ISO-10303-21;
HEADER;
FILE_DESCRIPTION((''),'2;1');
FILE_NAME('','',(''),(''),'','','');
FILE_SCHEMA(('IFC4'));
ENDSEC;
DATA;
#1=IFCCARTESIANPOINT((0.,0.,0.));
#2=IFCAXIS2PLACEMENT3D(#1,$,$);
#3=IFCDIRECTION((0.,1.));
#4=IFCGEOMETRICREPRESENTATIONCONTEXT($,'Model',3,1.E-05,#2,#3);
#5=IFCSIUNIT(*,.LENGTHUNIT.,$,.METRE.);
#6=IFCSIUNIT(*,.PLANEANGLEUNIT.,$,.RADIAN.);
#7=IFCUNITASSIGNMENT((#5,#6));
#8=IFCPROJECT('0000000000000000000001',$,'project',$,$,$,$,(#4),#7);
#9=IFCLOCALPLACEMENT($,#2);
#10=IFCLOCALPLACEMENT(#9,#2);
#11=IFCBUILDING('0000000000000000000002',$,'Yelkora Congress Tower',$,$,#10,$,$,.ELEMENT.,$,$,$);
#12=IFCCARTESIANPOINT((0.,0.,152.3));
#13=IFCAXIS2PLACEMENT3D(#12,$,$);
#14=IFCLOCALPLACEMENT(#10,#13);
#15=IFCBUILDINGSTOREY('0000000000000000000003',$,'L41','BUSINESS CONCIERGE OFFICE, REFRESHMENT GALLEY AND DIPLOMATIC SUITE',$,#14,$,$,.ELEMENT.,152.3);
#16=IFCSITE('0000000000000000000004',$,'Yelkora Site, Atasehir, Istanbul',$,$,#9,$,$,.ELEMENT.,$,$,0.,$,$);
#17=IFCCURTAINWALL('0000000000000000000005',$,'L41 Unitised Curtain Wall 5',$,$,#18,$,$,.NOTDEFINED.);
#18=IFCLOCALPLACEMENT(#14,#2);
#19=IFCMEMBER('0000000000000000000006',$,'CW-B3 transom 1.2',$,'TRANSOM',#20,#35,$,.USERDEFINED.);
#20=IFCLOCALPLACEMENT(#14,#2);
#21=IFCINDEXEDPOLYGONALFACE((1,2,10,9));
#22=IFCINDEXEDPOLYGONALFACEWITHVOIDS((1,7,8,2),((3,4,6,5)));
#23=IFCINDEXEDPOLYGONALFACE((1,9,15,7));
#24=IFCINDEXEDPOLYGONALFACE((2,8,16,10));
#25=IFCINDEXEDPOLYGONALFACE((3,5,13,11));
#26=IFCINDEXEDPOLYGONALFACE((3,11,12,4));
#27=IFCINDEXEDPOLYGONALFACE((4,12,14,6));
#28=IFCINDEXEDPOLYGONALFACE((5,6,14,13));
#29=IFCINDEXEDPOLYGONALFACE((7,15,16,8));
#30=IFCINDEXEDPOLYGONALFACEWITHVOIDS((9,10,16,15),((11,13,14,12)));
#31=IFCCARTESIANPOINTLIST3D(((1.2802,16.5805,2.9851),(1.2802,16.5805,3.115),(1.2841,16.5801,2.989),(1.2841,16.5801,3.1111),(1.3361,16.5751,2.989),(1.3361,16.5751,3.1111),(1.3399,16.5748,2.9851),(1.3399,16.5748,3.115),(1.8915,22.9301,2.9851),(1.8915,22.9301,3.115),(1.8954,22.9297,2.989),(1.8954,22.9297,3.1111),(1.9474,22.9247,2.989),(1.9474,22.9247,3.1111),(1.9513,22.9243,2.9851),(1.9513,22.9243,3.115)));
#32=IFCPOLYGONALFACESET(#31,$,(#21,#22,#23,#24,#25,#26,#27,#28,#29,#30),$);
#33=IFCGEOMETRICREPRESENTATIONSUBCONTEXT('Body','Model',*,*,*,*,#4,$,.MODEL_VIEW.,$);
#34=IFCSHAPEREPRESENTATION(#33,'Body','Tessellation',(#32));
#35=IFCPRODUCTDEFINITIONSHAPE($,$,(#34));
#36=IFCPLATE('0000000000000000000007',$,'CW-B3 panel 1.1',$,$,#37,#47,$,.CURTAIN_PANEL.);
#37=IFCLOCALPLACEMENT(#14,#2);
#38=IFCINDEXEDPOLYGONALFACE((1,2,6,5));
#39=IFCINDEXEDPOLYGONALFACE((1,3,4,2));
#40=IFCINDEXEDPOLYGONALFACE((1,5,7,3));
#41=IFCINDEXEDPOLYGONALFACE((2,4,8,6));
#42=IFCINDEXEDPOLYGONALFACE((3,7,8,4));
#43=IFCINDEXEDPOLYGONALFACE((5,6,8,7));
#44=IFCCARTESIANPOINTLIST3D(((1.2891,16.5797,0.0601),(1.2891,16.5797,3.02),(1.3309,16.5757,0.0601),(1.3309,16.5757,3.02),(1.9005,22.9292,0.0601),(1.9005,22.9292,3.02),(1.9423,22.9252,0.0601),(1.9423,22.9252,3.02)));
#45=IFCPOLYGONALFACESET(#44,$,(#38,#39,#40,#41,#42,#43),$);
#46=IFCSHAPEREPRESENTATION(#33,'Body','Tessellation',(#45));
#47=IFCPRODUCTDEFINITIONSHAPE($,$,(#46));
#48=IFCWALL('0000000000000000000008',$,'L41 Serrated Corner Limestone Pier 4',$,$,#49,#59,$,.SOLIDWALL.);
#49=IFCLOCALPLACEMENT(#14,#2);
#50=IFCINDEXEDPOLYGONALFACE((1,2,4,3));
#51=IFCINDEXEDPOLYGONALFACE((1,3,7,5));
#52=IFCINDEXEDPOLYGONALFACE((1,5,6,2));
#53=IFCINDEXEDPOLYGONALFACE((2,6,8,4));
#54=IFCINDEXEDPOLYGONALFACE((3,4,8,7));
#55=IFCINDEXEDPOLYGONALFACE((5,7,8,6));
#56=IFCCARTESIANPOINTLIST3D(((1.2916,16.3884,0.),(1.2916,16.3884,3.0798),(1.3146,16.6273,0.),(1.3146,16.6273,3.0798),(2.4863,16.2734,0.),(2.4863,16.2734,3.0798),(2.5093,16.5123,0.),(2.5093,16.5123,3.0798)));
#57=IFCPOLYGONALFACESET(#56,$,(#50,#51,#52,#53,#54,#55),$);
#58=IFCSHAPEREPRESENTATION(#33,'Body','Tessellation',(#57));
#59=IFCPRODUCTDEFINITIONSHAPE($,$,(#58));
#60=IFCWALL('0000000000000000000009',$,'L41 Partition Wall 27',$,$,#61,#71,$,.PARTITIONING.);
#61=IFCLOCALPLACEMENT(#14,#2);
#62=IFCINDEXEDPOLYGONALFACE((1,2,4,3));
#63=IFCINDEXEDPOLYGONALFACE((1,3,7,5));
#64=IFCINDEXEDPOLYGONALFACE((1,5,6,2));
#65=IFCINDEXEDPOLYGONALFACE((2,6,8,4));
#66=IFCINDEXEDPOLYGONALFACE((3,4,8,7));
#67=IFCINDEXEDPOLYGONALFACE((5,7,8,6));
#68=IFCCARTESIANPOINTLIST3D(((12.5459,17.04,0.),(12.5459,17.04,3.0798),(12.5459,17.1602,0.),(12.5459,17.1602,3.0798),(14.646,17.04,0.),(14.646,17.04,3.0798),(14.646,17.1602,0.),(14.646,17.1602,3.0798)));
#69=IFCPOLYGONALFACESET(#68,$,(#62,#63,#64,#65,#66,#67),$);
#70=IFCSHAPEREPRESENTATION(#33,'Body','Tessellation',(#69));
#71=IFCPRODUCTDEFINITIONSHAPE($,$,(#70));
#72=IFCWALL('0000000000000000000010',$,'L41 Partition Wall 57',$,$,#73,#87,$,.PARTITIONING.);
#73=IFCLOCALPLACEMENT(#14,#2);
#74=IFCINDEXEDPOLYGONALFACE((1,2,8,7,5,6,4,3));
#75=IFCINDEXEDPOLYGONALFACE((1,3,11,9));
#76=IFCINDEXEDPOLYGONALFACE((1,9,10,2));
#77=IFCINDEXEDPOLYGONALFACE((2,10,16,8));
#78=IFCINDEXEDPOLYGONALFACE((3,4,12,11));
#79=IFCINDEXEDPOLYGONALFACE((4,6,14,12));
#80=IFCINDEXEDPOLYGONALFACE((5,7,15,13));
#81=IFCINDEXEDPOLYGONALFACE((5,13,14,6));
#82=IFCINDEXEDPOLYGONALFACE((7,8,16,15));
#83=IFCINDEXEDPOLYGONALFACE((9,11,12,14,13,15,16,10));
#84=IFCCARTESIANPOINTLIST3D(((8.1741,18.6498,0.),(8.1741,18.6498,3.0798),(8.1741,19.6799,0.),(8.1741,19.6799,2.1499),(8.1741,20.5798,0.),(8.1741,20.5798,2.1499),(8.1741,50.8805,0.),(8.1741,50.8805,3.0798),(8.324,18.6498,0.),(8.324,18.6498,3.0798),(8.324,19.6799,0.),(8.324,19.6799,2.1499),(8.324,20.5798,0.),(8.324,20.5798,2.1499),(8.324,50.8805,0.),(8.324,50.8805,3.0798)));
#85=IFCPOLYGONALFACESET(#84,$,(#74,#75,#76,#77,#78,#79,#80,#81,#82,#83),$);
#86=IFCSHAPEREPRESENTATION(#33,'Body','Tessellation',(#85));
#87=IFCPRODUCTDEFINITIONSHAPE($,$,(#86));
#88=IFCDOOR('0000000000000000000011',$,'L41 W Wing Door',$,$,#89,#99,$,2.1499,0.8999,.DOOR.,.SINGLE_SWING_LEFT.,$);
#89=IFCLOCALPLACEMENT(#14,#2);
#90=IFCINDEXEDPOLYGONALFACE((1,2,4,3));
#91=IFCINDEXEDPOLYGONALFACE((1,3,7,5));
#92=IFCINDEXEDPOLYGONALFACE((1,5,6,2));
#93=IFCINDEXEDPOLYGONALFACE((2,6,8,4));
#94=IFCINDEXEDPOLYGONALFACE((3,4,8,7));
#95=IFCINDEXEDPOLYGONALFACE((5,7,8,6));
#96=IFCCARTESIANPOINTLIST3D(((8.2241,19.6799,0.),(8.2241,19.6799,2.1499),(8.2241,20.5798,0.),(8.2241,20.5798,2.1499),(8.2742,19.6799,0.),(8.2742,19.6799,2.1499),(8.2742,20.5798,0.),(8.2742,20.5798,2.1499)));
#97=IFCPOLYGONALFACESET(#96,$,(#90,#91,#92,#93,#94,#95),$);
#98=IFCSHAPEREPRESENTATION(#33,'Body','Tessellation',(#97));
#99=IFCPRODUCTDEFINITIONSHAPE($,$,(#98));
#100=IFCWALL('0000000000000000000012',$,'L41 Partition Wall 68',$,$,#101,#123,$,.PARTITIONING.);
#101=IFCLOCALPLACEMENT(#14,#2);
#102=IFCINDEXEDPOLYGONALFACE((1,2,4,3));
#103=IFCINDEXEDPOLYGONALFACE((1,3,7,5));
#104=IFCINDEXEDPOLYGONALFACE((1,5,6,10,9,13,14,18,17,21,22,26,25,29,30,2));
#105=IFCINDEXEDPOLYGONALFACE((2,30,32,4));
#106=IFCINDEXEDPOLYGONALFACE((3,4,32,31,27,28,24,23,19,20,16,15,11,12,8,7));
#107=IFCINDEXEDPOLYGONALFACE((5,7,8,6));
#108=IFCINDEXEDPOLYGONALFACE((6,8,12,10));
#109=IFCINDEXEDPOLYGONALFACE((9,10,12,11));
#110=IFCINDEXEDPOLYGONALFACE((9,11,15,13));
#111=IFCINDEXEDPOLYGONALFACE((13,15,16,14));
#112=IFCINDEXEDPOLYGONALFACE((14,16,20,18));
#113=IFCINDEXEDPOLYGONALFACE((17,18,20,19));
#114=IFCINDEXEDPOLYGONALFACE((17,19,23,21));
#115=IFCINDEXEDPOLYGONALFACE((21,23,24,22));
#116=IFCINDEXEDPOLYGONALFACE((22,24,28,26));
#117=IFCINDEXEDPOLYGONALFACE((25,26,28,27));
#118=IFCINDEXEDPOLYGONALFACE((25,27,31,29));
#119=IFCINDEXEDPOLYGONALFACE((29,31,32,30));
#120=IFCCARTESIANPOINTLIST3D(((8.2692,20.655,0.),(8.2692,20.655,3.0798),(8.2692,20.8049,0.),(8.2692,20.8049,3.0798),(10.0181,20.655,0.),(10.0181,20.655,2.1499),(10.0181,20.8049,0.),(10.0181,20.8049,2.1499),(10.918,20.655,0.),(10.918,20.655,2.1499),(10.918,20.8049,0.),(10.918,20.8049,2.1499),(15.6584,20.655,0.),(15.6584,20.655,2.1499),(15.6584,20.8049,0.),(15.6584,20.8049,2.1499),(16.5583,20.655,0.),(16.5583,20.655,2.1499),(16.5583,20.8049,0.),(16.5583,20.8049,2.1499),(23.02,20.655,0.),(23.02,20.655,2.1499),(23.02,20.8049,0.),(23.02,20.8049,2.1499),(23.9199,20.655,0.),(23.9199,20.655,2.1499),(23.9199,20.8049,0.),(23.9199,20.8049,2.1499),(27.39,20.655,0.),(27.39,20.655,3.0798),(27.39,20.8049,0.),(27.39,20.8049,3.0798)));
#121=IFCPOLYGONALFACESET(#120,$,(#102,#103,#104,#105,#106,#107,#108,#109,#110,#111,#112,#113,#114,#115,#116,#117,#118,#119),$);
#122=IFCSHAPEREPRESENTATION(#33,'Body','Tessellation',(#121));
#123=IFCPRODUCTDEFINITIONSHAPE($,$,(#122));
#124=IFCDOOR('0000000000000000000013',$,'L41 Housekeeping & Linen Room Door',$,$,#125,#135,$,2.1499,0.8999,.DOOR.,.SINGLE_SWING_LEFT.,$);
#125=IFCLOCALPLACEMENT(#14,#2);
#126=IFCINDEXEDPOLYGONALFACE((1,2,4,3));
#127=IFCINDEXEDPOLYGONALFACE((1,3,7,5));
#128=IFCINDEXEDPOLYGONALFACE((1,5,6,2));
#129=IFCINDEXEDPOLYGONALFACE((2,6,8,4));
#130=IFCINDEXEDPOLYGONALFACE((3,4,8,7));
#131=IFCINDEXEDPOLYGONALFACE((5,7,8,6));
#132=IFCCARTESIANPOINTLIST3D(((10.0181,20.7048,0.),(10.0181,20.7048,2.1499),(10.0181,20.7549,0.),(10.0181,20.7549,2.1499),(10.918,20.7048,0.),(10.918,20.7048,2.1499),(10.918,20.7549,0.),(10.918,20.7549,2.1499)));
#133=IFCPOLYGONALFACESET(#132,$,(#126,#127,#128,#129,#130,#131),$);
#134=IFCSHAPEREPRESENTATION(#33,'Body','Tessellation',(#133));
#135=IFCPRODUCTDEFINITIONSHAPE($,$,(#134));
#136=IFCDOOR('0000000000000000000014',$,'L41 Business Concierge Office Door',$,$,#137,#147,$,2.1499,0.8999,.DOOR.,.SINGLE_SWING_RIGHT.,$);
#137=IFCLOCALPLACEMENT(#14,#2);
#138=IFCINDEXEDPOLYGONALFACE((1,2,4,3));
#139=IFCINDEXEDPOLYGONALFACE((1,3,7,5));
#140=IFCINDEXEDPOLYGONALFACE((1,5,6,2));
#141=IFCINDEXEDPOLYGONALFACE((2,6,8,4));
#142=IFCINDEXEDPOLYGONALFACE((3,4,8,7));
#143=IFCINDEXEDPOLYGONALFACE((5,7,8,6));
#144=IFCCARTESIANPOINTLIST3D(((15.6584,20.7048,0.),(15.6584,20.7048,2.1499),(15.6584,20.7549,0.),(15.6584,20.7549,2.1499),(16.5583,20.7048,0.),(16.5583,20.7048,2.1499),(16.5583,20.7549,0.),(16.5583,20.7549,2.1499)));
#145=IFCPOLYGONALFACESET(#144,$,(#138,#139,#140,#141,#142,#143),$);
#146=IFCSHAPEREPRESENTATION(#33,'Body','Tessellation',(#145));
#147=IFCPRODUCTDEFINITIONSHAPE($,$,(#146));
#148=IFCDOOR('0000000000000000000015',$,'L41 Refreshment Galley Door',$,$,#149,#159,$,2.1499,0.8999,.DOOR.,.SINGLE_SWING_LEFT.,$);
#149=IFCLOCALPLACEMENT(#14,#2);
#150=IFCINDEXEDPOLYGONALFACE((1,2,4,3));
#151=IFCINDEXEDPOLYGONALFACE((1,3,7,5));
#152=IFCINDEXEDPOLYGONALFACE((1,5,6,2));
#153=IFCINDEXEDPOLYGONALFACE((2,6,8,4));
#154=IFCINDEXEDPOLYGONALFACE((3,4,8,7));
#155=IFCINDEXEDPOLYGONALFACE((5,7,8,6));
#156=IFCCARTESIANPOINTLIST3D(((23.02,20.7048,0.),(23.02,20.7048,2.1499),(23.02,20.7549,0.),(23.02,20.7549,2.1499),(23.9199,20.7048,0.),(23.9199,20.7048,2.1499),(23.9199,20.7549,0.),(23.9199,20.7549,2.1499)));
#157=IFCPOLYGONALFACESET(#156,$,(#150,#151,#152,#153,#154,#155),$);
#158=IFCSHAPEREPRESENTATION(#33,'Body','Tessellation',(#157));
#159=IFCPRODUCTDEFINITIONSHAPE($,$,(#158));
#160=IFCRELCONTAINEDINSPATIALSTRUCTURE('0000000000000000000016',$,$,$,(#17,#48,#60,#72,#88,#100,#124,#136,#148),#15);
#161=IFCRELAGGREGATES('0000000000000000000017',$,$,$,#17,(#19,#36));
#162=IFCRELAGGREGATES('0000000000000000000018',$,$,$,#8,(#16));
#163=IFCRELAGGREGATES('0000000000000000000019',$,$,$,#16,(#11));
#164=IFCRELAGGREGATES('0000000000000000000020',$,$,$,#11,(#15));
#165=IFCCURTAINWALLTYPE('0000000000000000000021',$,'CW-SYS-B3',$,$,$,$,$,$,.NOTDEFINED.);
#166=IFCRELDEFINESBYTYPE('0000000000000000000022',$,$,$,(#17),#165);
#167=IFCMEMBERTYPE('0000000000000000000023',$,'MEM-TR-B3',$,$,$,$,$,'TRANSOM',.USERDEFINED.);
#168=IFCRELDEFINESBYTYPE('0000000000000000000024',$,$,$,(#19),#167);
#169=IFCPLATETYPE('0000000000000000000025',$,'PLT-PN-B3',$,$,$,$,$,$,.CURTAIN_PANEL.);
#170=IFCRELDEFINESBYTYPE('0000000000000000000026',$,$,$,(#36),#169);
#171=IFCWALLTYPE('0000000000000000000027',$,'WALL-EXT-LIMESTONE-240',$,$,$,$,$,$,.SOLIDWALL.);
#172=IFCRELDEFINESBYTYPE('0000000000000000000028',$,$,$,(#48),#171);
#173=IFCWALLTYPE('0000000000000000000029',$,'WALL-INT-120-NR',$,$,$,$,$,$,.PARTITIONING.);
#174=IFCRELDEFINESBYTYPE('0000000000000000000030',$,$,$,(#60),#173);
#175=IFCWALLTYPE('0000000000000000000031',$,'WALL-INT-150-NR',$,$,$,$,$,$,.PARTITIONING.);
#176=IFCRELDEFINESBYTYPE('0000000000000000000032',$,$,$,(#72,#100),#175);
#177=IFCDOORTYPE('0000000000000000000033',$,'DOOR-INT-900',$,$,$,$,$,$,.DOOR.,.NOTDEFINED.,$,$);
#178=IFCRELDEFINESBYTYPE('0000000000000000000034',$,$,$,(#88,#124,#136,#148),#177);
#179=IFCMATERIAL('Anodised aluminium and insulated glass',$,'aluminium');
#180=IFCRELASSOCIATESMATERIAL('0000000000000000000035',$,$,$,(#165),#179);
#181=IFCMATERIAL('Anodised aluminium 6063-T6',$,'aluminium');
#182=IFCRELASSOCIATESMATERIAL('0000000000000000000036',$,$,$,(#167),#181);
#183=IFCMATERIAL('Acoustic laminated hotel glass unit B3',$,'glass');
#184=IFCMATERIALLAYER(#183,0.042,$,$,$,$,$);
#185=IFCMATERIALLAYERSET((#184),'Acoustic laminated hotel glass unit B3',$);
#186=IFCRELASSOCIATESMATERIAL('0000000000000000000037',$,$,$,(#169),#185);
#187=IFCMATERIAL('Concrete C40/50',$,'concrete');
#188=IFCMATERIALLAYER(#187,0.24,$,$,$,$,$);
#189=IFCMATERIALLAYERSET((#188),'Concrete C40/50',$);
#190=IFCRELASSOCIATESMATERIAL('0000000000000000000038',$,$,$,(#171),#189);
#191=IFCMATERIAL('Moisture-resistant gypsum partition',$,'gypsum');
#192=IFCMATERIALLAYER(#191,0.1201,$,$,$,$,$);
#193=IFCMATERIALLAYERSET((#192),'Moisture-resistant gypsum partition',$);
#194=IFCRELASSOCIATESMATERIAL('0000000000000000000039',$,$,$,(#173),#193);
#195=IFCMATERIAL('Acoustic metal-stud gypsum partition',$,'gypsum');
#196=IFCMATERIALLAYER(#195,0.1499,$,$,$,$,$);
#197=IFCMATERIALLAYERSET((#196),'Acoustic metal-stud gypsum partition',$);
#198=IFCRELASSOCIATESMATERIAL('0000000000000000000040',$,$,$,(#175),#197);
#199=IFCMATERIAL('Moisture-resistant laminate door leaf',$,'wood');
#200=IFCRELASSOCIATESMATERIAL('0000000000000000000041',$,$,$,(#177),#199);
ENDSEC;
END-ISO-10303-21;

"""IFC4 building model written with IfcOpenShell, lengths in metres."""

from ifc_helpers import new_model, si_unit, direction, frame, frame_2d, origin, origin_2d, place, context, subcontext, project, spatial, rectangle, hollow_rectangle, extrude, material, layer, layer_set, material_profile, profile_set, type_object, element, fill, aggregate, save


model = new_model("IFC4")

# Units and contexts
model_context = context("Model", 3, precision=1e-05, world=origin(), true_north=direction((0.0, 1.0)))
body_context = subcontext(model_context, "Body", "Model", "MODEL_VIEW")
ifc_project = project(units=[si_unit("LENGTHUNIT", "METRE"), si_unit("PLANEANGLEUNIT", "RADIAN")], contexts=[model_context])

# Site, building, storey
site_placement = place(None, origin())
site = spatial("IfcSite", under=ifc_project, at=site_placement, Name="Yelkora Site, Atasehir, Istanbul", CompositionType="ELEMENT", RefElevation=0.0)
building_placement = place(site_placement, origin())
building = spatial("IfcBuilding", under=site, at=building_placement, Name="Yelkora Congress Tower", CompositionType="ELEMENT")
storey_placement = place(building_placement, frame((0.0, 0.0, 152.3)))
storey = spatial("IfcBuildingStorey", under=building, at=storey_placement, Name="L41", Description="BUSINESS CONCIERGE OFFICE, REFRESHMENT GALLEY AND DIPLOMATIC SUITE", CompositionType="ELEMENT", Elevation=152.3)

# Curtain wall, member, plate
ifc_material_1 = material(Name="Anodised aluminium and insulated glass", Category="aluminium")
curtain_wall_type = type_object("IfcCurtainWallType", Name="CW-SYS-B3", PredefinedType="NOTDEFINED", material=ifc_material_1)
curtain_wall_placement = place(storey_placement, origin())
curtain_wall = element("IfcCurtainWall", 1, at=curtain_wall_placement, inside=storey, type_object=curtain_wall_type, Name="L41 Unitised Curtain Wall 5", PredefinedType="NOTDEFINED")
ifc_material_2 = material(Name="Anodised aluminium 6063-T6", Category="aluminium")
ifc_material_profile_1 = material_profile(ifc_material_2, hollow_rectangle(XDim=0.0601, YDim=0.1299, WallThickness=0.0039, at=origin_2d()), Name="ALU 60x130x4")
ifc_profile_set_1 = profile_set([ifc_material_profile_1], Name="Anodised aluminium 6063-T6")
member_type_1 = type_object("IfcMemberType", Name="MEM-TR-B3", ElementType="TRANSOM", PredefinedType="USERDEFINED", material=ifc_profile_set_1)
member_1_placement = place(storey_placement, frame((1.3101, 16.5776, 3.05), z_axis=(0.095835, 0.995397, 0.0), x_axis=(-0.995397, 0.095835, 0.0)))
member_1 = element("IfcMember", 2, at=member_1_placement, type_object=member_type_1, Name="CW-B3 transom 1.2", ObjectType="TRANSOM", PredefinedType="USERDEFINED", context=body_context, shape_type="SweptSolid", body=[
    extrude(hollow_rectangle(XDim=0.0601, YDim=0.1299, WallThickness=0.0039, at=origin_2d()), origin(), (0.0, 0.0, 1.0), 6.3789),
])
ifc_material_3 = material(Name="Acoustic laminated hotel glass unit B3", Category="glass")
ifc_layer_1 = layer(ifc_material_3, 0.042)
ifc_layer_set_1 = layer_set([ifc_layer_1], Name="Acoustic laminated hotel glass unit B3")
plate_type = type_object("IfcPlateType", Name="PLT-PN-B3", PredefinedType="CURTAIN_PANEL", material=ifc_layer_set_1)
plate_placement = place(storey_placement, frame((1.6157, 19.7524, 0.0601), z_axis=(0.0, 0.0, 1.0), x_axis=(0.095845, 0.995396, 0.0)))
plate = element("IfcPlate", 3, at=plate_placement, type_object=plate_type, Name="CW-B3 panel 1.1", PredefinedType="CURTAIN_PANEL", context=body_context, shape_type="SweptSolid", body=[
    extrude(rectangle(XDim=6.3789, YDim=0.042, at=origin_2d()), origin(), (0.0, 0.0, 1.0), 2.96),
])
aggregate(curtain_wall, [member_1, plate])

# Walls
ifc_material_4 = material(Name="Concrete C40/50", Category="concrete")
ifc_layer_2 = layer(ifc_material_4, 0.24)
ifc_layer_set_2 = layer_set([ifc_layer_2], Name="Concrete C40/50")
wall_type_1 = type_object("IfcWallType", Name="WALL-EXT-LIMESTONE-240", PredefinedType="SOLIDWALL", material=ifc_layer_set_2)
wall_1_placement = place(storey_placement, frame((2.4978, 16.3928, 0.0), z_axis=(0.0, 0.0, 1.0), x_axis=(-0.995399, 0.095817, 0.0)))
element("IfcWall", 4, at=wall_1_placement, inside=storey, type_object=wall_type_1, Name="L41 Serrated Corner Limestone Pier 4", PredefinedType="SOLIDWALL", context=body_context, shape_type="SweptSolid", body=[
    extrude(rectangle(XDim=1.2002, YDim=0.24, at=frame_2d((0.6001, 0.0))), origin(), (0.0, 0.0, 1.0), 3.0798),
])
ifc_material_5 = material(Name="Moisture-resistant gypsum partition", Category="gypsum")
ifc_layer_3 = layer(ifc_material_5, 0.1201)
ifc_layer_set_3 = layer_set([ifc_layer_3], Name="Moisture-resistant gypsum partition")
wall_type_2 = type_object("IfcWallType", Name="WALL-INT-120-NR", PredefinedType="PARTITIONING", material=ifc_layer_set_3)
wall_2_placement = place(storey_placement, frame((12.5459, 17.1001, 0.0), z_axis=(0.0, 0.0, 1.0), x_axis=(1.0, 0.0, 0.0)))
element("IfcWall", 5, at=wall_2_placement, inside=storey, type_object=wall_type_2, Name="L41 Partition Wall 27", PredefinedType="PARTITIONING", context=body_context, shape_type="SweptSolid", body=[
    extrude(rectangle(XDim=2.1001, YDim=0.1201, at=frame_2d((1.05, 0.0))), origin(), (0.0, 0.0, 1.0), 3.0798),
])

# Wall, opening, door
ifc_material_6 = material(Name="Acoustic metal-stud gypsum partition", Category="gypsum")
ifc_layer_4 = layer(ifc_material_6, 0.1499)
ifc_layer_set_4 = layer_set([ifc_layer_4], Name="Acoustic metal-stud gypsum partition")
wall_type_3 = type_object("IfcWallType", Name="WALL-INT-150-NR", PredefinedType="PARTITIONING", material=ifc_layer_set_4)
wall_3_placement = place(storey_placement, frame((8.249, 18.6499, 0.0), z_axis=(0.0, 0.0, 1.0), x_axis=(0.0, 1.0, 0.0)))
wall_3 = element("IfcWall", 6, at=wall_3_placement, inside=storey, type_object=wall_type_3, Name="L41 Partition Wall 57", PredefinedType="PARTITIONING", context=body_context, shape_type="SweptSolid", body=[
    extrude(rectangle(XDim=32.2307, YDim=0.1499, at=frame_2d((16.1152, 0.0))), origin(), (0.0, 0.0, 1.0), 3.0798),
])
opening_1_placement = place(wall_3_placement, frame((1.03, 0.0, 0.0)))
opening_1 = element("IfcOpeningElement", 7, at=opening_1_placement, cuts=wall_3, PredefinedType="OPENING", context=body_context, shape_type="SweptSolid", body=[
    extrude(rectangle(XDim=0.8999, YDim=2.1499, at=frame_2d((0.45, 1.075))), frame((0.0, 0.085, 0.0), z_axis=(0.0, -1.0, 0.0), x_axis=(1.0, 0.0, 0.0)), (0.0, 0.0, 1.0), 0.1699),
])
ifc_material_7 = material(Name="Moisture-resistant laminate door leaf", Category="wood")
door_type_1 = type_object("IfcDoorType", Name="DOOR-INT-900", OperationType="NOTDEFINED", PredefinedType="DOOR", material=ifc_material_7)
door_1_placement = place(opening_1_placement, origin())
door_1 = element("IfcDoor", 8, at=door_1_placement, inside=storey, type_object=door_type_1, Name="L41 W Wing Door", OperationType="SINGLE_SWING_LEFT", OverallHeight=2.1499, OverallWidth=0.8999, PredefinedType="DOOR", context=body_context, shape_type="SweptSolid", body=[
    extrude(rectangle(XDim=0.8999, YDim=2.1499, at=frame_2d((0.45, 1.075))), frame((0.0, 0.0249, 0.0), z_axis=(0.0, -1.0, 0.0), x_axis=(1.0, 0.0, 0.0)), (0.0, 0.0, 1.0), 0.05),
])
fill(opening_1, door_1)

# Wall, openings, doors
wall_4_placement = place(storey_placement, frame((8.269, 20.73, 0.0), z_axis=(0.0, 0.0, 1.0), x_axis=(1.0, 0.0, 0.0)))
wall_4 = element("IfcWall", 9, at=wall_4_placement, inside=storey, type_object=wall_type_3, Name="L41 Partition Wall 68", PredefinedType="PARTITIONING", context=body_context, shape_type="SweptSolid", body=[
    extrude(rectangle(XDim=19.1208, YDim=0.1499, at=frame_2d((9.5605, 0.0))), origin(), (0.0, 0.0, 1.0), 3.0798),
])
opening_2_placement = place(wall_4_placement, frame((1.749, 0.0, 0.0)))
opening_2 = element("IfcOpeningElement", 10, at=opening_2_placement, cuts=wall_4, PredefinedType="OPENING", context=body_context, shape_type="SweptSolid", body=[
    extrude(rectangle(XDim=0.8999, YDim=2.1499, at=frame_2d((0.45, 1.075))), frame((0.0, 0.085, 0.0), z_axis=(0.0, -1.0, 0.0), x_axis=(1.0, 0.0, 0.0)), (0.0, 0.0, 1.0), 0.1699),
])
opening_3_placement = place(wall_4_placement, frame((7.3894, 0.0, 0.0)))
opening_3 = element("IfcOpeningElement", 11, at=opening_3_placement, cuts=wall_4, PredefinedType="OPENING", context=body_context, shape_type="SweptSolid", body=[
    extrude(rectangle(XDim=0.8999, YDim=2.1499, at=frame_2d((0.45, 1.075))), frame((0.0, 0.085, 0.0), z_axis=(0.0, -1.0, 0.0), x_axis=(1.0, 0.0, 0.0)), (0.0, 0.0, 1.0), 0.1699),
])
opening_4_placement = place(wall_4_placement, frame((14.751, 0.0, 0.0)))
opening_4 = element("IfcOpeningElement", 12, at=opening_4_placement, cuts=wall_4, PredefinedType="OPENING", context=body_context, shape_type="SweptSolid", body=[
    extrude(rectangle(XDim=0.8999, YDim=2.1499, at=frame_2d((0.45, 1.075))), frame((0.0, 0.085, 0.0), z_axis=(0.0, -1.0, 0.0), x_axis=(1.0, 0.0, 0.0)), (0.0, 0.0, 1.0), 0.1699),
])
door_2_placement = place(opening_2_placement, origin())
door_2 = element("IfcDoor", 13, at=door_2_placement, inside=storey, type_object=door_type_1, Name="L41 Housekeeping & Linen Room Door", OperationType="SINGLE_SWING_LEFT", OverallHeight=2.1499, OverallWidth=0.8999, PredefinedType="DOOR", context=body_context, shape_type="SweptSolid", body=[
    extrude(rectangle(XDim=0.8999, YDim=2.1499, at=frame_2d((0.45, 1.075))), frame((0.0, 0.0249, 0.0), z_axis=(0.0, -1.0, 0.0), x_axis=(1.0, 0.0, 0.0)), (0.0, 0.0, 1.0), 0.05),
])
fill(opening_2, door_2)
door_3_placement = place(opening_3_placement, origin())
door_3 = element("IfcDoor", 14, at=door_3_placement, inside=storey, type_object=door_type_1, Name="L41 Business Concierge Office Door", OperationType="SINGLE_SWING_RIGHT", OverallHeight=2.1499, OverallWidth=0.8999, PredefinedType="DOOR", context=body_context, shape_type="SweptSolid", body=[
    extrude(rectangle(XDim=0.8999, YDim=2.1499, at=frame_2d((0.45, 1.075))), frame((0.0, 0.0249, 0.0), z_axis=(0.0, -1.0, 0.0), x_axis=(1.0, 0.0, 0.0)), (0.0, 0.0, 1.0), 0.05),
])
fill(opening_3, door_3)
door_4_placement = place(opening_4_placement, origin())
door_4 = element("IfcDoor", 15, at=door_4_placement, inside=storey, type_object=door_type_1, Name="L41 Refreshment Galley Door", OperationType="SINGLE_SWING_LEFT", OverallHeight=2.1499, OverallWidth=0.8999, PredefinedType="DOOR", context=body_context, shape_type="SweptSolid", body=[
    extrude(rectangle(XDim=0.8999, YDim=2.1499, at=frame_2d((0.45, 1.075))), frame((0.0, 0.0249, 0.0), z_axis=(0.0, -1.0, 0.0), x_axis=(1.0, 0.0, 0.0)), (0.0, 0.0, 1.0), 0.05),
])
fill(opening_4, door_4)

save(model, "model.ifc")
